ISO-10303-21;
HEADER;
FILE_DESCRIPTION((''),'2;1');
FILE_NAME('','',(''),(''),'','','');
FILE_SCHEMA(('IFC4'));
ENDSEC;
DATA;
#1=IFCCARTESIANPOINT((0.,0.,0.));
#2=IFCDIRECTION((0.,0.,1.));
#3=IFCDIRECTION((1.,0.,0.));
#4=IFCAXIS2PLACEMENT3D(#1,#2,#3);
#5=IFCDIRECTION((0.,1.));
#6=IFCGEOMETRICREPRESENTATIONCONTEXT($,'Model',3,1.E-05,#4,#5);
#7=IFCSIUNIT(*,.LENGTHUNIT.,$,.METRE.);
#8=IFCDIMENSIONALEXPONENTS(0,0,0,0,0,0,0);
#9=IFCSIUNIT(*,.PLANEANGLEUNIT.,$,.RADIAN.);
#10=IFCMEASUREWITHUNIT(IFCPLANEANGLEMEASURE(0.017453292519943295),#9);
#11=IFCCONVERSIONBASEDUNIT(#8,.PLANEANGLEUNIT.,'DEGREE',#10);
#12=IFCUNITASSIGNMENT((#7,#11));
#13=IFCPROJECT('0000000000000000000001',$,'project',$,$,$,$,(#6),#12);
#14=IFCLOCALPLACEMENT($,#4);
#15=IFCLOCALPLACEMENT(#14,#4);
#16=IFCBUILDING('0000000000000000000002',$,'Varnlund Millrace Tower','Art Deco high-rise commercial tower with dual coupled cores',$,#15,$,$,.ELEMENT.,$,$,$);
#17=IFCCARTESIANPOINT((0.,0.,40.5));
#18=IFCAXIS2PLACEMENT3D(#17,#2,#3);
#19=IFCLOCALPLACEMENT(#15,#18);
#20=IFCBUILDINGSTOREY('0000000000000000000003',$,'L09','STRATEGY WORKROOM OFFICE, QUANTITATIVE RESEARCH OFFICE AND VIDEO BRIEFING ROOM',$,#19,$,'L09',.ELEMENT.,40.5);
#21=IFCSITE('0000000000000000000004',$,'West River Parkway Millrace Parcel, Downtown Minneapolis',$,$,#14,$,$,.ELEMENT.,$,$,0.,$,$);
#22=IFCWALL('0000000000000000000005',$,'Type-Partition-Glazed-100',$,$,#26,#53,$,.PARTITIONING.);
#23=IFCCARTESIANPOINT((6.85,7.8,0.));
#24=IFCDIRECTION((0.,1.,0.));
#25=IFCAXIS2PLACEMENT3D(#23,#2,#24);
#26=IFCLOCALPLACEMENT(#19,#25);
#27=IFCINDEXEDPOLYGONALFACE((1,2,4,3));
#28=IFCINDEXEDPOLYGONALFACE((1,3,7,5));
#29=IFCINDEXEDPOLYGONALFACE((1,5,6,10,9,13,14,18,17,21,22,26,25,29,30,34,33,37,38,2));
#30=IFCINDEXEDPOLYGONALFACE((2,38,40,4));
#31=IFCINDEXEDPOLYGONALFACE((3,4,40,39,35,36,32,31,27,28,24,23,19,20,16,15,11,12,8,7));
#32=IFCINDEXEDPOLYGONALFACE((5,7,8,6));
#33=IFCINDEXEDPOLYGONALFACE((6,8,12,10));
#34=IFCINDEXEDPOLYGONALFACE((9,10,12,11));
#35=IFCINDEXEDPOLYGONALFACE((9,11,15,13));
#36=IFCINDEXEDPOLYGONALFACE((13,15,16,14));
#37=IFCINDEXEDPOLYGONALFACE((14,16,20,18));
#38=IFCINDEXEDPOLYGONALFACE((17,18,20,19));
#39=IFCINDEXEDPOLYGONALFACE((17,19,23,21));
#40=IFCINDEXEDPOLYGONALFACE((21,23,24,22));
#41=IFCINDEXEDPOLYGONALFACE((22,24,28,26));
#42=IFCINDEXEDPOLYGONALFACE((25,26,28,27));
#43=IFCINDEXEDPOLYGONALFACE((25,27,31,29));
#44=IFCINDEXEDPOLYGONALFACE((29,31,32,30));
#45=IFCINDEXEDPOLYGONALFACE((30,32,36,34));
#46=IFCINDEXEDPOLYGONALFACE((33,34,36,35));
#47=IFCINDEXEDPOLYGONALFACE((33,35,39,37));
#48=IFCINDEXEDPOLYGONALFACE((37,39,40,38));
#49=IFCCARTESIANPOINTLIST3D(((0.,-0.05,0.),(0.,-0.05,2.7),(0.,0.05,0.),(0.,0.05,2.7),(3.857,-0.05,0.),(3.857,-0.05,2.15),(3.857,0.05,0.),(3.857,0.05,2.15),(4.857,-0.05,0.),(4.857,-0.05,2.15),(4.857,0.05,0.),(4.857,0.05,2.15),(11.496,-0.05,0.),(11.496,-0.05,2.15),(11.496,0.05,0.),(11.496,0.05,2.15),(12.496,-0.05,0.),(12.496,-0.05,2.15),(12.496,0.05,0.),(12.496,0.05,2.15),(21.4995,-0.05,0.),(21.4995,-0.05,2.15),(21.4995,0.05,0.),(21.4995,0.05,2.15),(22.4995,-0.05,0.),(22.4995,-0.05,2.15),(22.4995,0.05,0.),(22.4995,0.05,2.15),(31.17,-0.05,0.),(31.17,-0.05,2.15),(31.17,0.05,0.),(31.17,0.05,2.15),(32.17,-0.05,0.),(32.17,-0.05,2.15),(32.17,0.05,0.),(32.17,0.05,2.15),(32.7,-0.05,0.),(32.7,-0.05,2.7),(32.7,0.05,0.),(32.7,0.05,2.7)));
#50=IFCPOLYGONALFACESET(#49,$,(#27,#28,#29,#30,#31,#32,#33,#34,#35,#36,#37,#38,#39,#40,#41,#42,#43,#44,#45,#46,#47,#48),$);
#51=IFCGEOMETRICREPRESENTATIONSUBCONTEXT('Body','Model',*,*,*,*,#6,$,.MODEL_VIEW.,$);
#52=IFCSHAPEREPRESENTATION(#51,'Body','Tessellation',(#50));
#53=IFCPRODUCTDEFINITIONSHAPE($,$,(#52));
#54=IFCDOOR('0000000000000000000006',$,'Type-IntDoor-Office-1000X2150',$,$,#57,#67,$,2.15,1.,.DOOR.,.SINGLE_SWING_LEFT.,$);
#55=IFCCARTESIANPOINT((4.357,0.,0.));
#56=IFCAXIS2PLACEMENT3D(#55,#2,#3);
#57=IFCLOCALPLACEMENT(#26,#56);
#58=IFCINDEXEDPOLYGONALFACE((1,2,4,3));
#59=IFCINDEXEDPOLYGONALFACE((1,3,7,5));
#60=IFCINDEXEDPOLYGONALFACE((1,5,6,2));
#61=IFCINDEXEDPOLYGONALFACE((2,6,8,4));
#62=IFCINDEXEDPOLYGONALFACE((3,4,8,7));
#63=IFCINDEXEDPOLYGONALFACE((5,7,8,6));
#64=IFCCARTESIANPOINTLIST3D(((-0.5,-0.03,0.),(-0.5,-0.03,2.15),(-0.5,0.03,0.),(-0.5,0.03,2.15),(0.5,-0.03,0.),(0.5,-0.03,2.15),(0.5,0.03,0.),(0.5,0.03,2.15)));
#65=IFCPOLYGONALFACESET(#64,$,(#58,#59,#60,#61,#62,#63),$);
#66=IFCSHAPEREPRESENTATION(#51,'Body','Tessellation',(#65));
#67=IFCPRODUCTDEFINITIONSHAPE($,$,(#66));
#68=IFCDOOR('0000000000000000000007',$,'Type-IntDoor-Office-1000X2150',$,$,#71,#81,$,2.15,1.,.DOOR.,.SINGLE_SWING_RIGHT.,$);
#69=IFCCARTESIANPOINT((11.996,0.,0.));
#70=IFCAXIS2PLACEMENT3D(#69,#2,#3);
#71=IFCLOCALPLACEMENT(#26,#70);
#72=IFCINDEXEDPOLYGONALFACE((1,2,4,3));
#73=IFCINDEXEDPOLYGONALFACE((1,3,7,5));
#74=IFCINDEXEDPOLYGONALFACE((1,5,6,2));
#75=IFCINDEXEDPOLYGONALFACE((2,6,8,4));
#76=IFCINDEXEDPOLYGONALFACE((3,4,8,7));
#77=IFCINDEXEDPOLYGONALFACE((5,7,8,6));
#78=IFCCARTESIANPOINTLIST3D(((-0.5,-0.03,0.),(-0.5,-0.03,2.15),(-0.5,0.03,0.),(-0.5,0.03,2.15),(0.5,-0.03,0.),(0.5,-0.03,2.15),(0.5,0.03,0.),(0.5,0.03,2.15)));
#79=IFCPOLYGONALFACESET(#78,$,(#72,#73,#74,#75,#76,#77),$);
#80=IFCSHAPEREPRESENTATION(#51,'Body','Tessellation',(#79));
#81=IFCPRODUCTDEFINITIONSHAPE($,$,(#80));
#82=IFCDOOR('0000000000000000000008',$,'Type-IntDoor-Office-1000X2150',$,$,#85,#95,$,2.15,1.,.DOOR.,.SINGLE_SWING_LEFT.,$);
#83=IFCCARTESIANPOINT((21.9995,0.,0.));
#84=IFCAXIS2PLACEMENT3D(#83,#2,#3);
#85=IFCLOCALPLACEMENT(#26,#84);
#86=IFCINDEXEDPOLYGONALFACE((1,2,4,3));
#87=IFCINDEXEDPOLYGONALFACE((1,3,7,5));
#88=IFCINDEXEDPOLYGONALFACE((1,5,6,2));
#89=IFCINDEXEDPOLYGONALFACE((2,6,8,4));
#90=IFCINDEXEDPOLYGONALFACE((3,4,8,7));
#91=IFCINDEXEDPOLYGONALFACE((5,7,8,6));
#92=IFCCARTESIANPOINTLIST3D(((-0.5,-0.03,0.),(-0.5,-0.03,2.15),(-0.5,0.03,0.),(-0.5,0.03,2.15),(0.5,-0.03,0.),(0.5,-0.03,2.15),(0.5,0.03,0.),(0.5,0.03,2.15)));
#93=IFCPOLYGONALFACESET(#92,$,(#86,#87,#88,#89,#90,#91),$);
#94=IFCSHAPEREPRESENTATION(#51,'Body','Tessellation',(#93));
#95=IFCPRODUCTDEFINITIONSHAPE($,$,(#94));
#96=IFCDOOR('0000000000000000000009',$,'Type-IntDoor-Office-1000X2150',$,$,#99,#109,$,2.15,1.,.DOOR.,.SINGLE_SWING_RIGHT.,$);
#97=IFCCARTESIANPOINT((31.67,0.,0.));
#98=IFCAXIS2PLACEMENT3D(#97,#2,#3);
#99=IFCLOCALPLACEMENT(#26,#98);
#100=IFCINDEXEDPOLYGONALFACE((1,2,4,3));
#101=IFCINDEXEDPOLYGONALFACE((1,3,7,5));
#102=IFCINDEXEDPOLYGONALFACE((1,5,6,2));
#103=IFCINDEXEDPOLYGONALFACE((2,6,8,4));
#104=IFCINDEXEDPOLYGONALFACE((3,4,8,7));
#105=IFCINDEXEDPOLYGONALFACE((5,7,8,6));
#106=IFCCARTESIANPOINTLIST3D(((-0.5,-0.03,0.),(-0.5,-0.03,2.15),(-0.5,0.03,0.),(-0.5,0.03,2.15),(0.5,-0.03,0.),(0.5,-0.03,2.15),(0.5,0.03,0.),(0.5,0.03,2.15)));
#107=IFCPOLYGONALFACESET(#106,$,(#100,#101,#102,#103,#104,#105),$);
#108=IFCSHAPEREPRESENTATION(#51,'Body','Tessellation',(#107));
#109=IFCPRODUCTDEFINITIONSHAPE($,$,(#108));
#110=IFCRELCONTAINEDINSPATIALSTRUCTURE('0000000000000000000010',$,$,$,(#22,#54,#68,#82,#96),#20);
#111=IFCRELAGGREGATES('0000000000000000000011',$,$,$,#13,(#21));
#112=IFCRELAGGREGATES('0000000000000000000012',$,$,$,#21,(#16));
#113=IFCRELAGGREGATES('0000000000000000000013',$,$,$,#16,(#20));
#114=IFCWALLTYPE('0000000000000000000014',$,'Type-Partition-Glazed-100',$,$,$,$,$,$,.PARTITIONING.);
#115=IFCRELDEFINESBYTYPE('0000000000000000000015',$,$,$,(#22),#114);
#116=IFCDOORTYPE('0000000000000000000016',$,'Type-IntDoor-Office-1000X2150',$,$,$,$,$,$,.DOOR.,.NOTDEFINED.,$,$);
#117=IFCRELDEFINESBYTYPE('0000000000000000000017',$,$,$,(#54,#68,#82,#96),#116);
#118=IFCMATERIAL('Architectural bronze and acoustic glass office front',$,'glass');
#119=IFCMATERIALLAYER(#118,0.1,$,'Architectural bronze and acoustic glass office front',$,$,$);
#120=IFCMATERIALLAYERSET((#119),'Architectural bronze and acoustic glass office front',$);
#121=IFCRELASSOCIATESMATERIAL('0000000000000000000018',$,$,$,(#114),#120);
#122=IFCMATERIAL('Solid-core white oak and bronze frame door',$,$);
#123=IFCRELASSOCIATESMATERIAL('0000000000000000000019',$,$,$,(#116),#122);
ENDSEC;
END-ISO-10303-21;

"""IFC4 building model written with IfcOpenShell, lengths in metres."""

from ifc_helpers import new_model, entity, si_unit, converted_unit, direction, frame, origin_with_axes, origin_2d_with_axis, place, context, subcontext, project, spatial, polyline, rectangle, outline, extrude, material, layer, layer_set, type_object, element, fill, save


model = new_model("IFC4")

# Units and contexts
model_context = context("Model", 3, precision=1e-05, world=origin_with_axes(), true_north=direction((0.0, 1.0)))
body_context = subcontext(model_context, "Body", "Model", "MODEL_VIEW")
ifc_project = project(units=[si_unit("LENGTHUNIT", "METRE"), converted_unit("PLANEANGLEUNIT", "DEGREE", entity("IfcPlaneAngleMeasure", 0.017453292519943295), si_unit("PLANEANGLEUNIT", "RADIAN"), dimensions=[0, 0, 0, 0, 0, 0, 0])], contexts=[model_context])

# Site, building, storey
site_placement = place(None, origin_with_axes())
site = spatial("IfcSite", under=ifc_project, at=site_placement, Name="West River Parkway Millrace Parcel, Downtown Minneapolis", CompositionType="ELEMENT", RefElevation=0.0)
building_placement = place(site_placement, origin_with_axes())
building = spatial("IfcBuilding", under=site, at=building_placement, Name="Varnlund Millrace Tower", Description="Art Deco high-rise commercial tower with dual coupled cores", CompositionType="ELEMENT")
storey_placement = place(building_placement, frame((0.0, 0.0, 40.5), z_axis=(0.0, 0.0, 1.0), x_axis=(1.0, 0.0, 0.0)))
storey = spatial("IfcBuildingStorey", under=building, at=storey_placement, Name="L09", Description="STRATEGY WORKROOM OFFICE, QUANTITATIVE RESEARCH OFFICE AND VIDEO BRIEFING ROOM", LongName="L09", CompositionType="ELEMENT", Elevation=40.5)

# Wall, openings, doors
ifc_material_1 = material(Name="Architectural bronze and acoustic glass office front", Category="glass")
ifc_layer_1 = layer(ifc_material_1, 0.1, Name="Architectural bronze and acoustic glass office front")
ifc_layer_set_1 = layer_set([ifc_layer_1], Name="Architectural bronze and acoustic glass office front")
wall_type_1 = type_object("IfcWallType", Name="Type-Partition-Glazed-100", PredefinedType="PARTITIONING", material=ifc_layer_set_1)
wall_1_placement = place(storey_placement, frame((6.85, 7.8, 0.0), z_axis=(0.0, 0.0, 1.0), x_axis=(0.0, 1.0, 0.0)))
wall_1 = element("IfcWall", 1, at=wall_1_placement, inside=storey, type_object=wall_type_1, Name="Type-Partition-Glazed-100", PredefinedType="PARTITIONING", context=body_context, shape_type="SweptSolid", body=[
    extrude(outline(polyline([(0.0, -0.05), (32.7, -0.05), (32.7, 0.05), (0.0, 0.05), (0.0, -0.05)])), origin_with_axes(), (0.0, 0.0, 1.0), 2.7),
])
opening_1_placement = place(wall_1_placement, frame((4.357, 0.0, 0.0), z_axis=(0.0, 0.0, 1.0), x_axis=(1.0, 0.0, 0.0)))
opening_1 = element("IfcOpeningElement", 2, at=opening_1_placement, cuts=wall_1, PredefinedType="OPENING", context=body_context, shape_type="SweptSolid", body=[
    extrude(rectangle(XDim=1.0, YDim=0.12, at=origin_2d_with_axis()), origin_with_axes(), (0.0, 0.0, 1.0), 2.15),
])
opening_2_placement = place(wall_1_placement, frame((11.996, 0.0, 0.0), z_axis=(0.0, 0.0, 1.0), x_axis=(1.0, 0.0, 0.0)))
opening_2 = element("IfcOpeningElement", 3, at=opening_2_placement, cuts=wall_1, PredefinedType="OPENING", context=body_context, shape_type="SweptSolid", body=[
    extrude(rectangle(XDim=1.0, YDim=0.12, at=origin_2d_with_axis()), origin_with_axes(), (0.0, 0.0, 1.0), 2.15),
])
opening_3_placement = place(wall_1_placement, frame((21.9995, 0.0, 0.0), z_axis=(0.0, 0.0, 1.0), x_axis=(1.0, 0.0, 0.0)))
opening_3 = element("IfcOpeningElement", 4, at=opening_3_placement, cuts=wall_1, PredefinedType="OPENING", context=body_context, shape_type="SweptSolid", body=[
    extrude(rectangle(XDim=1.0, YDim=0.12, at=origin_2d_with_axis()), origin_with_axes(), (0.0, 0.0, 1.0), 2.15),
])
opening_4_placement = place(wall_1_placement, frame((31.67, 0.0, 0.0), z_axis=(0.0, 0.0, 1.0), x_axis=(1.0, 0.0, 0.0)))
opening_4 = element("IfcOpeningElement", 5, at=opening_4_placement, cuts=wall_1, PredefinedType="OPENING", context=body_context, shape_type="SweptSolid", body=[
    extrude(rectangle(XDim=1.0, YDim=0.12, at=origin_2d_with_axis()), origin_with_axes(), (0.0, 0.0, 1.0), 2.15),
])
ifc_material_2 = material(Name="Solid-core white oak and bronze frame door")
door_type_1 = type_object("IfcDoorType", Name="Type-IntDoor-Office-1000X2150", OperationType="NOTDEFINED", PredefinedType="DOOR", material=ifc_material_2)
door_1_placement = place(wall_1_placement, frame((4.357, 0.0, 0.0), z_axis=(0.0, 0.0, 1.0), x_axis=(1.0, 0.0, 0.0)))
door_1 = element("IfcDoor", 6, at=door_1_placement, inside=storey, type_object=door_type_1, Name="Type-IntDoor-Office-1000X2150", OperationType="SINGLE_SWING_LEFT", OverallHeight=2.15, OverallWidth=1.0, PredefinedType="DOOR", context=body_context, shape_type="SweptSolid", body=[
    extrude(rectangle(XDim=1.0, YDim=0.06, at=origin_2d_with_axis()), origin_with_axes(), (0.0, 0.0, 1.0), 2.15),
])
fill(opening_1, door_1)
door_2_placement = place(wall_1_placement, frame((11.996, 0.0, 0.0), z_axis=(0.0, 0.0, 1.0), x_axis=(1.0, 0.0, 0.0)))
door_2 = element("IfcDoor", 7, at=door_2_placement, inside=storey, type_object=door_type_1, Name="Type-IntDoor-Office-1000X2150", OperationType="SINGLE_SWING_RIGHT", OverallHeight=2.15, OverallWidth=1.0, PredefinedType="DOOR", context=body_context, shape_type="SweptSolid", body=[
    extrude(rectangle(XDim=1.0, YDim=0.06, at=origin_2d_with_axis()), origin_with_axes(), (0.0, 0.0, 1.0), 2.15),
])
fill(opening_2, door_2)
door_3_placement = place(wall_1_placement, frame((21.9995, 0.0, 0.0), z_axis=(0.0, 0.0, 1.0), x_axis=(1.0, 0.0, 0.0)))
door_3 = element("IfcDoor", 8, at=door_3_placement, inside=storey, type_object=door_type_1, Name="Type-IntDoor-Office-1000X2150", OperationType="SINGLE_SWING_LEFT", OverallHeight=2.15, OverallWidth=1.0, PredefinedType="DOOR", context=body_context, shape_type="SweptSolid", body=[
    extrude(rectangle(XDim=1.0, YDim=0.06, at=origin_2d_with_axis()), origin_with_axes(), (0.0, 0.0, 1.0), 2.15),
])
fill(opening_3, door_3)
door_4_placement = place(wall_1_placement, frame((31.67, 0.0, 0.0), z_axis=(0.0, 0.0, 1.0), x_axis=(1.0, 0.0, 0.0)))
door_4 = element("IfcDoor", 9, at=door_4_placement, inside=storey, type_object=door_type_1, Name="Type-IntDoor-Office-1000X2150", OperationType="SINGLE_SWING_RIGHT", OverallHeight=2.15, OverallWidth=1.0, PredefinedType="DOOR", context=body_context, shape_type="SweptSolid", body=[
    extrude(rectangle(XDim=1.0, YDim=0.06, at=origin_2d_with_axis()), origin_with_axes(), (0.0, 0.0, 1.0), 2.15),
])
fill(opening_4, door_4)

save(model, "model.ifc")
